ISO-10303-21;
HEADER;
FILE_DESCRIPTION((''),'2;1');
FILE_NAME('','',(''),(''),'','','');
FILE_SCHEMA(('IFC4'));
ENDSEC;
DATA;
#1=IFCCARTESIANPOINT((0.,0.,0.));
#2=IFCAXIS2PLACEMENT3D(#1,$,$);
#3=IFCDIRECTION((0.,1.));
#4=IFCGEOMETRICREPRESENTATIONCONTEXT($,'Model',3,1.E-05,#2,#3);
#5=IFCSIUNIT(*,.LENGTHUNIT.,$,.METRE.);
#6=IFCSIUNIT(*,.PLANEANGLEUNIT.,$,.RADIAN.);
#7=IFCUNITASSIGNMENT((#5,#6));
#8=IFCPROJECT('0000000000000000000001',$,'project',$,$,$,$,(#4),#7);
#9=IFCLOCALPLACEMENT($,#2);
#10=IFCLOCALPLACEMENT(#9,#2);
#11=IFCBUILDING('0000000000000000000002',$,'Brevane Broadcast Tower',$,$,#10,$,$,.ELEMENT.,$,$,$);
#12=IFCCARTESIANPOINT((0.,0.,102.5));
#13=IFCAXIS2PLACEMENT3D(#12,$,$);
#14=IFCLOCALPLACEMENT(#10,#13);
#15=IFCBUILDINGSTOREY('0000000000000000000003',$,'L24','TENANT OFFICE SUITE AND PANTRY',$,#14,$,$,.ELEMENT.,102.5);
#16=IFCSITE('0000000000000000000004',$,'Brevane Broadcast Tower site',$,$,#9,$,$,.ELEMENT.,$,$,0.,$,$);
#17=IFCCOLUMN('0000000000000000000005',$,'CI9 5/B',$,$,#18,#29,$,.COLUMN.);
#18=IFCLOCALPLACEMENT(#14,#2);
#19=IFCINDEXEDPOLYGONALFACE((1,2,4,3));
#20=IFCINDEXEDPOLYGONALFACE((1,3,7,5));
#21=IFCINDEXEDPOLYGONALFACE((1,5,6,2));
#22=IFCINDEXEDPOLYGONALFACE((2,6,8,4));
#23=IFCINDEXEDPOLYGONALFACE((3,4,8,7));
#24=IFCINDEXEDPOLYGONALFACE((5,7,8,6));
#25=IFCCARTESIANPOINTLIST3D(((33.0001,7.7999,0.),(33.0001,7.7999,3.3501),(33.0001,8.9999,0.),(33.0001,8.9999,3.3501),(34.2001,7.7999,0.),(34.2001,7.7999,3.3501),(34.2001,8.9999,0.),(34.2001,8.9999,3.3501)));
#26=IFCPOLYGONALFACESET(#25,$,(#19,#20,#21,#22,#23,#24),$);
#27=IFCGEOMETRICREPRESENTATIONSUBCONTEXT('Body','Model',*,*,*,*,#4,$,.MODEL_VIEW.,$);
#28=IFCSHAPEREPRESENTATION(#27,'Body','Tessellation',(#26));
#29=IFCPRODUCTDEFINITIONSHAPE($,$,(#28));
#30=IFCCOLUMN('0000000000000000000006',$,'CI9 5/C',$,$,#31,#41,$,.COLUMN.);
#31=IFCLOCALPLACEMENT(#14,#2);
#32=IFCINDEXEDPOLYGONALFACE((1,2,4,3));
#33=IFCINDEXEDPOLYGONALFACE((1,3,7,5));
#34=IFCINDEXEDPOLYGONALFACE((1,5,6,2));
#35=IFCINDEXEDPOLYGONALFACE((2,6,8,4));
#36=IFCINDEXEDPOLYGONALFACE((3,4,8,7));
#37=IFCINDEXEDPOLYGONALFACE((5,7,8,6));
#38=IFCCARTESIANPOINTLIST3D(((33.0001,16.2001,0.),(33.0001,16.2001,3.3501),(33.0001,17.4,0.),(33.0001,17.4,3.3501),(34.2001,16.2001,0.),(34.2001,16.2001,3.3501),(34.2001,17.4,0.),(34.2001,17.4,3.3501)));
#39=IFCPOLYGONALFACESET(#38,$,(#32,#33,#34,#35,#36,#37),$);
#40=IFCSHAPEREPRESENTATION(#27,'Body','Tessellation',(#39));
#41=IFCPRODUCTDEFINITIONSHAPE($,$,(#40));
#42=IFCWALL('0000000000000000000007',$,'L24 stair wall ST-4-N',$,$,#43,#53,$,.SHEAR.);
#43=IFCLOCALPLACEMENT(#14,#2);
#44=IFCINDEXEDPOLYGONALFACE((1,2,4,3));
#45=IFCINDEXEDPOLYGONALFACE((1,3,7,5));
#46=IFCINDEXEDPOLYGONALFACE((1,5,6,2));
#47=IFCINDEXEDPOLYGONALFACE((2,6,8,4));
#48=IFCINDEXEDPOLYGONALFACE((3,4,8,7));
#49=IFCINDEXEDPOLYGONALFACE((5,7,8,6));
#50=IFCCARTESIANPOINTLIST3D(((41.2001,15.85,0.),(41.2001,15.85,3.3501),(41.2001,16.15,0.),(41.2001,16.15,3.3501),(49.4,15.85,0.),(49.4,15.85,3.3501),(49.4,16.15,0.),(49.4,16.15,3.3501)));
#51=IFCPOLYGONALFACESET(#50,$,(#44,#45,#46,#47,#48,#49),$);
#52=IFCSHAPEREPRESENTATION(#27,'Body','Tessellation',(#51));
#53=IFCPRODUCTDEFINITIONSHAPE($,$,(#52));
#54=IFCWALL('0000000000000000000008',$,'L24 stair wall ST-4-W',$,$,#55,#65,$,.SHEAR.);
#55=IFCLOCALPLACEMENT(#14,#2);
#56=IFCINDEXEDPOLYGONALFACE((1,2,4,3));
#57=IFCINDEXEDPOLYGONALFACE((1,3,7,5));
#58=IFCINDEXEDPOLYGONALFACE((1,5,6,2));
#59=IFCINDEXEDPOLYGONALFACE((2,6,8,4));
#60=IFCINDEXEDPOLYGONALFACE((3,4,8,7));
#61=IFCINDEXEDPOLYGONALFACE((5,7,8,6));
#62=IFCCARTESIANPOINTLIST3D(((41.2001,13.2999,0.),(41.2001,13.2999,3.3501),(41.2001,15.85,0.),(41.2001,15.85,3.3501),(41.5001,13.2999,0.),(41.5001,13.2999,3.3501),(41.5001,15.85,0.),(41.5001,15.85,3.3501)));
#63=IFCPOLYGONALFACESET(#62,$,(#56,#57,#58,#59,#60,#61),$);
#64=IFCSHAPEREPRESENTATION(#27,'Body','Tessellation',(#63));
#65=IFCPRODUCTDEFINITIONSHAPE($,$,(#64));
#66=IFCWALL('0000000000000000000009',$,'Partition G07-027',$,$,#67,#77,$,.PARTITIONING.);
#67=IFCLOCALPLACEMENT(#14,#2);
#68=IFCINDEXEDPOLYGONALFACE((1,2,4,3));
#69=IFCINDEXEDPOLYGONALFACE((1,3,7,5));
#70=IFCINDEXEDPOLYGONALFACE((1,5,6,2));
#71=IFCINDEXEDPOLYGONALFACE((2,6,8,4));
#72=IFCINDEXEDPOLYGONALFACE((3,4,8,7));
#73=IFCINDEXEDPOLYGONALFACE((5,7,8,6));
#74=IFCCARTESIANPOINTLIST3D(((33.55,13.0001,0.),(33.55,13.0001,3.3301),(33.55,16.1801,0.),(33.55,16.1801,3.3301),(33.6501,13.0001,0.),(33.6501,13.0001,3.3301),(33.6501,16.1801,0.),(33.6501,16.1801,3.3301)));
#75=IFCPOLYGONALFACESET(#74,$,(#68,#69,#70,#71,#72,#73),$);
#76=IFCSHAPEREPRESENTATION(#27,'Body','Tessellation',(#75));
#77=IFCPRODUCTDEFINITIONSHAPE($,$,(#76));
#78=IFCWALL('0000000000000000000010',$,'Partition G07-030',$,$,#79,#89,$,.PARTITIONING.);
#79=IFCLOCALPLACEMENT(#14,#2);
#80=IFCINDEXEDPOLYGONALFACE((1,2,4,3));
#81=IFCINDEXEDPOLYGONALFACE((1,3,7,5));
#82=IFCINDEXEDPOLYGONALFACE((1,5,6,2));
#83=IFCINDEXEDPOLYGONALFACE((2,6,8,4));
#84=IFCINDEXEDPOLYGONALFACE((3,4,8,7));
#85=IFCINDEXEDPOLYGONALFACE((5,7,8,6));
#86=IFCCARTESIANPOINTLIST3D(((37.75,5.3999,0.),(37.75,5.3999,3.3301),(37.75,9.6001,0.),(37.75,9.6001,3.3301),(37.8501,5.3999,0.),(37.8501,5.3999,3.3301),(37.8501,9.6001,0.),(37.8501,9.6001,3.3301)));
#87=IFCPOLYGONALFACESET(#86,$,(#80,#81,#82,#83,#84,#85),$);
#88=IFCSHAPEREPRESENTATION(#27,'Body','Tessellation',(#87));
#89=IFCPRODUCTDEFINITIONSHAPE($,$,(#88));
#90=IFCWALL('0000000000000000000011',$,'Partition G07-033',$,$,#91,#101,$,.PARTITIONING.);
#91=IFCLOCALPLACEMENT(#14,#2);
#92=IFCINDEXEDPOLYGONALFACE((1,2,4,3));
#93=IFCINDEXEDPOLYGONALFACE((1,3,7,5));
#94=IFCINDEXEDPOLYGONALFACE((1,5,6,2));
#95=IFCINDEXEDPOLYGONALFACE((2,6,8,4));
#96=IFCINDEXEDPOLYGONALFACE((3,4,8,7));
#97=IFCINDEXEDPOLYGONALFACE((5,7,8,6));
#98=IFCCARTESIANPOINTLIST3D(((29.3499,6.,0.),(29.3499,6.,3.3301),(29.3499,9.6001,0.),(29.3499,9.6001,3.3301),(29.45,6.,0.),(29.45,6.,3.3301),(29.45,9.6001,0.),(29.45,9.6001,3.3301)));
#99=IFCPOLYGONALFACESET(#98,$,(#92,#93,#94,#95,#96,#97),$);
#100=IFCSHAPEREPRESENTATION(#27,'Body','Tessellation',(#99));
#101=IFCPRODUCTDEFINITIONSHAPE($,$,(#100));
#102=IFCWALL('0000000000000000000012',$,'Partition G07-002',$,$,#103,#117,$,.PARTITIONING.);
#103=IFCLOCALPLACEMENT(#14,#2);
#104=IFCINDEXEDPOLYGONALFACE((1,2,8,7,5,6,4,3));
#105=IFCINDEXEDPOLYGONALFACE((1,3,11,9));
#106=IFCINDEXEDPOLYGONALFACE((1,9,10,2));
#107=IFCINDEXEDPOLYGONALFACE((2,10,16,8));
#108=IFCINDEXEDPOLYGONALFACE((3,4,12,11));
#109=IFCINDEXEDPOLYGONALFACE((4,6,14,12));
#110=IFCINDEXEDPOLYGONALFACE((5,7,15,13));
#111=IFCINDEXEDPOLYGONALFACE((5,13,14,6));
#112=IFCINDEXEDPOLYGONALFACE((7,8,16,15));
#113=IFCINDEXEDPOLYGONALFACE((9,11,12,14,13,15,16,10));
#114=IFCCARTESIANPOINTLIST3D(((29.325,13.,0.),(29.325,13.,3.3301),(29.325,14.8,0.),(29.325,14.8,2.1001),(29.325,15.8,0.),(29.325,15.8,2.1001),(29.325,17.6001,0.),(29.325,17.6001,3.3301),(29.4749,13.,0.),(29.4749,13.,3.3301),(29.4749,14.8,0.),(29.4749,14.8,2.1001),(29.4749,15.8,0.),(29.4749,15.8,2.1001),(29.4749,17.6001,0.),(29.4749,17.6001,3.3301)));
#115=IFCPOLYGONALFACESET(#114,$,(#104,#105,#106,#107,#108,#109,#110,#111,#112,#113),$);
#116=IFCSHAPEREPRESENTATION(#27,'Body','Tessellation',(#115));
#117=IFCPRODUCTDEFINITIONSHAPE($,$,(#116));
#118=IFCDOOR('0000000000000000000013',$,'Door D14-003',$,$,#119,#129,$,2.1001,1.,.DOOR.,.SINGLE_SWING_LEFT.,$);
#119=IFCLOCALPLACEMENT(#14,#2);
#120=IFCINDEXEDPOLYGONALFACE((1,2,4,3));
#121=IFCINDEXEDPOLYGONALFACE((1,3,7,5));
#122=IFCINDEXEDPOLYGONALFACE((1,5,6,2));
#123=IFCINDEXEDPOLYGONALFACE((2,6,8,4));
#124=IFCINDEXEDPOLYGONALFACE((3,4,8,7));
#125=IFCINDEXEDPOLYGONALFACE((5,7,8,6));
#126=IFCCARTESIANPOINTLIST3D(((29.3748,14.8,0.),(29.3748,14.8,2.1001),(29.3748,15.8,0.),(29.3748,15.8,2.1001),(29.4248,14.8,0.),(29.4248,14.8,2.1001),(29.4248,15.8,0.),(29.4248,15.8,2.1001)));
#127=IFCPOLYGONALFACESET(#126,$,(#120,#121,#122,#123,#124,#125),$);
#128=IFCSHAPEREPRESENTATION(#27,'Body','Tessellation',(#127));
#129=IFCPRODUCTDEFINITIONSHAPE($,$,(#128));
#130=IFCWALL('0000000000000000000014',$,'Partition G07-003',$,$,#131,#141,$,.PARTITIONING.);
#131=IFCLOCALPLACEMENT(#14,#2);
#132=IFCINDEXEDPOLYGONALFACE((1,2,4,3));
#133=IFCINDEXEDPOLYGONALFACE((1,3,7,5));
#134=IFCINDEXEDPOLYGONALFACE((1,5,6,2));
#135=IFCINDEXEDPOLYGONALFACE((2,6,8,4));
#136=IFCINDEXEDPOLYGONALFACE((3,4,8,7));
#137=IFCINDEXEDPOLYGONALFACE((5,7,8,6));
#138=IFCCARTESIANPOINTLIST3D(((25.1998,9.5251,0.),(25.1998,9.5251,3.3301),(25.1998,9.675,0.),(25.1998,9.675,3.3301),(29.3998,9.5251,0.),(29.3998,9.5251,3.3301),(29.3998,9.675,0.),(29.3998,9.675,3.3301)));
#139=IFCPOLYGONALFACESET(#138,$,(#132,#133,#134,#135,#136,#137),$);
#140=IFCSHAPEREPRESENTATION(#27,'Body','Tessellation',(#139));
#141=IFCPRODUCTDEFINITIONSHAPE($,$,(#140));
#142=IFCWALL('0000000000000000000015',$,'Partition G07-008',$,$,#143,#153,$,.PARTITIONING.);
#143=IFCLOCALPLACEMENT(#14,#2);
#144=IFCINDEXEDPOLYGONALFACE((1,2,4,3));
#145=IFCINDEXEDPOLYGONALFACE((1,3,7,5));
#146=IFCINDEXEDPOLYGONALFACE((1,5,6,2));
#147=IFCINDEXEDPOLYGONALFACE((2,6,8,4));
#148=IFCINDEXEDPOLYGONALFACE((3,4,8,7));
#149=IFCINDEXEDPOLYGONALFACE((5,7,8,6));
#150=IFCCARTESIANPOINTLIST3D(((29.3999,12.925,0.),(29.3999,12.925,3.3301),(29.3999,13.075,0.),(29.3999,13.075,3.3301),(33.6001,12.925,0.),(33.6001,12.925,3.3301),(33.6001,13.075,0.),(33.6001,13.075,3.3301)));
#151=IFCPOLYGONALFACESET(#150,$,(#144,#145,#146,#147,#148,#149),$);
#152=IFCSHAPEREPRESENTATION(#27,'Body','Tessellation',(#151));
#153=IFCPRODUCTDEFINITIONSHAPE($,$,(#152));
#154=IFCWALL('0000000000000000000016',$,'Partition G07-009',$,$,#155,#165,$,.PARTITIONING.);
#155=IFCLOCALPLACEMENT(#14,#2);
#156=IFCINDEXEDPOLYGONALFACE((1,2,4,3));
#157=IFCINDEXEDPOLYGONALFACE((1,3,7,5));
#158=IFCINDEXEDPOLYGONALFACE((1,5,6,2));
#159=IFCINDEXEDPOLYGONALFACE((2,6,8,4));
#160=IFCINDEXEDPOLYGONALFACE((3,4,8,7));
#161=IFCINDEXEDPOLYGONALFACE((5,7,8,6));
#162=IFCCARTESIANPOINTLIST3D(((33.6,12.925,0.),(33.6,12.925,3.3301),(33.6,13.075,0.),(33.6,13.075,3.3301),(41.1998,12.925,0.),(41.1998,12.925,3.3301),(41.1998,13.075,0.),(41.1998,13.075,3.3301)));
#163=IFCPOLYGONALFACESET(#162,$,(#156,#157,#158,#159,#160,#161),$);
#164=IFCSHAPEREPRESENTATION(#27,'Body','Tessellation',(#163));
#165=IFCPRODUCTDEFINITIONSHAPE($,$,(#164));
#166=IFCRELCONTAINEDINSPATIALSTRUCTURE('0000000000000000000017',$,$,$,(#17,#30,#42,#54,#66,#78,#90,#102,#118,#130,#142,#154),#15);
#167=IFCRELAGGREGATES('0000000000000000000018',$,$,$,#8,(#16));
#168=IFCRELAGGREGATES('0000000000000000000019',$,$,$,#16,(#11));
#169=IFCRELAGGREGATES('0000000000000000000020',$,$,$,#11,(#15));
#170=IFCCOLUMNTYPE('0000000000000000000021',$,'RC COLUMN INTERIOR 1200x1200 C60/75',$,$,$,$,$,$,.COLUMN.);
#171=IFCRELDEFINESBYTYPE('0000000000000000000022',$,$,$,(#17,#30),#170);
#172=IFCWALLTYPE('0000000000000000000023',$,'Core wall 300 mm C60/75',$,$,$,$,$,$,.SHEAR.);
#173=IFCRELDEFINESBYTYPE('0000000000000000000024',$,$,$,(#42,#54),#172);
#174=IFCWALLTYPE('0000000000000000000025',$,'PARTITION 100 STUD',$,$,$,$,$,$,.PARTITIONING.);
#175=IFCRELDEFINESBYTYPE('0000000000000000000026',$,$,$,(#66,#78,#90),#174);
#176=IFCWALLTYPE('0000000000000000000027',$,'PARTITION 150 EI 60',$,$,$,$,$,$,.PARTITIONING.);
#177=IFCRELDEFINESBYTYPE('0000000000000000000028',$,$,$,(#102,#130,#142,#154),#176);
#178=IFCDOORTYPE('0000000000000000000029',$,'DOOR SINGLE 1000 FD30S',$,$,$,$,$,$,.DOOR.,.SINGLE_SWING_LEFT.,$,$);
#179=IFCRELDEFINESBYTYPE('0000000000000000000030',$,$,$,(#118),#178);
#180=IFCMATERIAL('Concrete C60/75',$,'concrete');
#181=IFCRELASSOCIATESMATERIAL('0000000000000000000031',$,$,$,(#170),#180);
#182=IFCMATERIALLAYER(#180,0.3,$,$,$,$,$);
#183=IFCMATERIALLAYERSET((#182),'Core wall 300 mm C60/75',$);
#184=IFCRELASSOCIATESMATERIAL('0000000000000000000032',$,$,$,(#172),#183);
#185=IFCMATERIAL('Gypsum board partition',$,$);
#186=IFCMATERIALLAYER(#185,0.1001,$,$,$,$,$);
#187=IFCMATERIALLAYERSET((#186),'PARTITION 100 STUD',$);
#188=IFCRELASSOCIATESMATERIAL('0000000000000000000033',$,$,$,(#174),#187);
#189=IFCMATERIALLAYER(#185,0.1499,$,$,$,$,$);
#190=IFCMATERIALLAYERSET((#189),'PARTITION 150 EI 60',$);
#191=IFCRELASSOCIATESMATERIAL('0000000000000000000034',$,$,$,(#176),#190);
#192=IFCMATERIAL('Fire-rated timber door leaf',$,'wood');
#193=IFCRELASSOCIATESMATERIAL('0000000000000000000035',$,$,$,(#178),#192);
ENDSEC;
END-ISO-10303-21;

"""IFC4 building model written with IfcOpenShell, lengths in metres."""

from ifc_helpers import new_model, si_unit, direction, frame, frame_2d, origin, origin_2d, place, context, subcontext, project, spatial, rectangle, extrude, material, layer, layer_set, material_profile, profile_set, type_object, element, fill, save


model = new_model("IFC4")

# Units and contexts
model_context = context("Model", 3, precision=1e-05, world=origin(), true_north=direction((0.0, 1.0)))
body_context = subcontext(model_context, "Body", "Model", "MODEL_VIEW")
ifc_project = project(units=[si_unit("LENGTHUNIT", "METRE"), si_unit("PLANEANGLEUNIT", "RADIAN")], contexts=[model_context])

# Site, building, storey
site_placement = place(None, origin())
site = spatial("IfcSite", under=ifc_project, at=site_placement, Name="Brevane Broadcast Tower site", CompositionType="ELEMENT", RefElevation=0.0)
building_placement = place(site_placement, origin())
building = spatial("IfcBuilding", under=site, at=building_placement, Name="Brevane Broadcast Tower", CompositionType="ELEMENT")
storey_placement = place(building_placement, frame((0.0, 0.0, 102.5)))
storey = spatial("IfcBuildingStorey", under=building, at=storey_placement, Name="L24", Description="TENANT OFFICE SUITE AND PANTRY", CompositionType="ELEMENT", Elevation=102.5)

# Columns
ifc_material_1 = material(Name="Concrete C60/75", Category="concrete")
ifc_material_profile = material_profile(ifc_material_1, rectangle(XDim=1.2, YDim=1.2, at=origin_2d()), Name="RC 1200x1200")
ifc_profile_set = profile_set([ifc_material_profile], Name="Concrete C60/75")
column_type = type_object("IfcColumnType", Name="RC COLUMN INTERIOR 1200x1200 C60/75", PredefinedType="COLUMN", material=ifc_profile_set)
for number, where, z_axis, x_axis, name in (
    (1, (33.6001, 8.3999, 0.0), (0.0, 0.0, 1.0), (1.0, 0.0, 0.0), "CI9 5/B"),
    (2, (33.6001, 16.8, 0.0), (0.0, 0.0, 1.0), (1.0, 0.0, 0.0), "CI9 5/C"),
):
    element("IfcColumn", number, at=place(storey_placement, frame(where, z_axis=z_axis, x_axis=x_axis)), inside=storey, type_object=column_type, Name=name, PredefinedType="COLUMN", context=body_context, shape_type="SweptSolid", body=[
        extrude(rectangle(XDim=1.2, YDim=1.2, at=origin_2d()), origin(), (0.0, 0.0, 1.0), 3.3501),
    ])

# Walls
ifc_layer_1 = layer(ifc_material_1, 0.3)
ifc_layer_set_1 = layer_set([ifc_layer_1], Name="Core wall 300 mm C60/75")
wall_type_1 = type_object("IfcWallType", Name="Core wall 300 mm C60/75", PredefinedType="SHEAR", material=ifc_layer_set_1)
wall_1_placement = place(storey_placement, frame((41.2, 16.0, 0.0), z_axis=(0.0, 0.0, 1.0), x_axis=(1.0, 0.0, 0.0)))
element("IfcWall", 3, at=wall_1_placement, inside=storey, type_object=wall_type_1, Name="L24 stair wall ST-4-N", PredefinedType="SHEAR", context=body_context, shape_type="SweptSolid", body=[
    extrude(rectangle(XDim=8.2, YDim=0.3, at=frame_2d((4.1001, 0.0))), origin(), (0.0, 0.0, 1.0), 3.3501),
])
wall_2_placement = place(storey_placement, frame((41.3501, 13.3, 0.0), z_axis=(0.0, 0.0, 1.0), x_axis=(0.0, 1.0, 0.0)))
element("IfcWall", 4, at=wall_2_placement, inside=storey, type_object=wall_type_1, Name="L24 stair wall ST-4-W", PredefinedType="SHEAR", context=body_context, shape_type="SweptSolid", body=[
    extrude(rectangle(XDim=2.55, YDim=0.3, at=frame_2d((1.2749, 0.0))), origin(), (0.0, 0.0, 1.0), 3.3501),
])
ifc_material_2 = material(Name="Gypsum board partition")
ifc_layer_2 = layer(ifc_material_2, 0.1001)
ifc_layer_set_2 = layer_set([ifc_layer_2], Name="PARTITION 100 STUD")
wall_type_2 = type_object("IfcWallType", Name="PARTITION 100 STUD", PredefinedType="PARTITIONING", material=ifc_layer_set_2)
wall_3_placement = place(storey_placement, frame((33.6001, 16.1799, 0.0), z_axis=(0.0, 0.0, 1.0), x_axis=(0.0, -1.0, 0.0)))
element("IfcWall", 5, at=wall_3_placement, inside=storey, type_object=wall_type_2, Name="Partition G07-027", PredefinedType="PARTITIONING", context=body_context, shape_type="SweptSolid", body=[
    extrude(rectangle(XDim=3.1799, YDim=0.1001, at=frame_2d((1.5898, 0.0))), origin(), (0.0, 0.0, 1.0), 3.3301),
])
wall_4_placement = place(storey_placement, frame((37.8, 9.6001, 0.0), z_axis=(0.0, 0.0, 1.0), x_axis=(0.0, -1.0, 0.0)))
element("IfcWall", 6, at=wall_4_placement, inside=storey, type_object=wall_type_2, Name="Partition G07-030", PredefinedType="PARTITIONING", context=body_context, shape_type="SweptSolid", body=[
    extrude(rectangle(XDim=4.2002, YDim=0.1001, at=frame_2d((2.1001, 0.0))), origin(), (0.0, 0.0, 1.0), 3.3301),
])
wall_5_placement = place(storey_placement, frame((29.3999, 6.0, 0.0), z_axis=(0.0, 0.0, 1.0), x_axis=(0.0, 1.0, 0.0)))
element("IfcWall", 7, at=wall_5_placement, inside=storey, type_object=wall_type_2, Name="Partition G07-033", PredefinedType="PARTITIONING", context=body_context, shape_type="SweptSolid", body=[
    extrude(rectangle(XDim=3.6001, YDim=0.1001, at=frame_2d((1.8, 0.0))), origin(), (0.0, 0.0, 1.0), 3.3301),
])

# Wall, opening, door
ifc_layer_3 = layer(ifc_material_2, 0.1499)
ifc_layer_set_3 = layer_set([ifc_layer_3], Name="PARTITION 150 EI 60")
wall_type_3 = type_object("IfcWallType", Name="PARTITION 150 EI 60", PredefinedType="PARTITIONING", material=ifc_layer_set_3)
wall_6_placement = place(storey_placement, frame((29.3999, 17.6001, 0.0), z_axis=(0.0, 0.0, 1.0), x_axis=(0.0, -1.0, 0.0)))
wall_6 = element("IfcWall", 8, at=wall_6_placement, inside=storey, type_object=wall_type_3, Name="Partition G07-002", PredefinedType="PARTITIONING", context=body_context, shape_type="SweptSolid", body=[
    extrude(rectangle(XDim=4.6001, YDim=0.1499, at=frame_2d((2.3, 0.0))), origin(), (0.0, 0.0, 1.0), 3.3301),
])
opening_1_placement = place(wall_6_placement, frame((1.8, 0.0, 0.0)))
opening_1 = element("IfcOpeningElement", 9, at=opening_1_placement, cuts=wall_6, PredefinedType="OPENING", context=body_context, shape_type="SweptSolid", body=[
    extrude(rectangle(XDim=1.0, YDim=2.1001, at=frame_2d((0.5, 1.05))), frame((0.0, 0.085, 0.0), z_axis=(0.0, -1.0, 0.0), x_axis=(1.0, 0.0, 0.0)), (0.0, 0.0, 1.0), 0.1699),
])
ifc_material_3 = material(Name="Fire-rated timber door leaf", Category="wood")
door_type_1 = type_object("IfcDoorType", Name="DOOR SINGLE 1000 FD30S", OperationType="SINGLE_SWING_LEFT", PredefinedType="DOOR", material=ifc_material_3)
door_1_placement = place(opening_1_placement, origin())
door_1 = element("IfcDoor", 10, at=door_1_placement, inside=storey, type_object=door_type_1, Name="Door D14-003", OperationType="SINGLE_SWING_LEFT", OverallHeight=2.1001, OverallWidth=1.0, PredefinedType="DOOR", context=body_context, shape_type="SweptSolid", body=[
    extrude(rectangle(XDim=1.0, YDim=2.1001, at=frame_2d((0.5, 1.05))), frame((0.0, 0.0249, 0.0), z_axis=(0.0, -1.0, 0.0), x_axis=(1.0, 0.0, 0.0)), (0.0, 0.0, 1.0), 0.05),
])
fill(opening_1, door_1)

# Walls
wall_7_placement = place(storey_placement, frame((29.3999, 9.6001, 0.0), z_axis=(0.0, 0.0, 1.0), x_axis=(-1.0, 0.0, 0.0)))
element("IfcWall", 11, at=wall_7_placement, inside=storey, type_object=wall_type_3, Name="Partition G07-003", PredefinedType="PARTITIONING", context=body_context, shape_type="SweptSolid", body=[
    extrude(rectangle(XDim=4.2, YDim=0.1499, at=frame_2d((2.1001, 0.0))), origin(), (0.0, 0.0, 1.0), 3.3301),
])
wall_8_placement = place(storey_placement, frame((29.3999, 13.0, 0.0), z_axis=(0.0, 0.0, 1.0), x_axis=(1.0, 0.0, 0.0)))
element("IfcWall", 12, at=wall_8_placement, inside=storey, type_object=wall_type_3, Name="Partition G07-008", PredefinedType="PARTITIONING", context=body_context, shape_type="SweptSolid", body=[
    extrude(rectangle(XDim=4.2002, YDim=0.1499, at=frame_2d((2.1001, 0.0))), origin(), (0.0, 0.0, 1.0), 3.3301),
])
wall_9_placement = place(storey_placement, frame((33.6001, 13.0, 0.0), z_axis=(0.0, 0.0, 1.0), x_axis=(1.0, 0.0, 0.0)))
element("IfcWall", 13, at=wall_9_placement, inside=storey, type_object=wall_type_3, Name="Partition G07-009", PredefinedType="PARTITIONING", context=body_context, shape_type="SweptSolid", body=[
    extrude(rectangle(XDim=7.5999, YDim=0.1499, at=frame_2d((3.7998, 0.0))), origin(), (0.0, 0.0, 1.0), 3.3301),
])

save(model, "model.ifc")
